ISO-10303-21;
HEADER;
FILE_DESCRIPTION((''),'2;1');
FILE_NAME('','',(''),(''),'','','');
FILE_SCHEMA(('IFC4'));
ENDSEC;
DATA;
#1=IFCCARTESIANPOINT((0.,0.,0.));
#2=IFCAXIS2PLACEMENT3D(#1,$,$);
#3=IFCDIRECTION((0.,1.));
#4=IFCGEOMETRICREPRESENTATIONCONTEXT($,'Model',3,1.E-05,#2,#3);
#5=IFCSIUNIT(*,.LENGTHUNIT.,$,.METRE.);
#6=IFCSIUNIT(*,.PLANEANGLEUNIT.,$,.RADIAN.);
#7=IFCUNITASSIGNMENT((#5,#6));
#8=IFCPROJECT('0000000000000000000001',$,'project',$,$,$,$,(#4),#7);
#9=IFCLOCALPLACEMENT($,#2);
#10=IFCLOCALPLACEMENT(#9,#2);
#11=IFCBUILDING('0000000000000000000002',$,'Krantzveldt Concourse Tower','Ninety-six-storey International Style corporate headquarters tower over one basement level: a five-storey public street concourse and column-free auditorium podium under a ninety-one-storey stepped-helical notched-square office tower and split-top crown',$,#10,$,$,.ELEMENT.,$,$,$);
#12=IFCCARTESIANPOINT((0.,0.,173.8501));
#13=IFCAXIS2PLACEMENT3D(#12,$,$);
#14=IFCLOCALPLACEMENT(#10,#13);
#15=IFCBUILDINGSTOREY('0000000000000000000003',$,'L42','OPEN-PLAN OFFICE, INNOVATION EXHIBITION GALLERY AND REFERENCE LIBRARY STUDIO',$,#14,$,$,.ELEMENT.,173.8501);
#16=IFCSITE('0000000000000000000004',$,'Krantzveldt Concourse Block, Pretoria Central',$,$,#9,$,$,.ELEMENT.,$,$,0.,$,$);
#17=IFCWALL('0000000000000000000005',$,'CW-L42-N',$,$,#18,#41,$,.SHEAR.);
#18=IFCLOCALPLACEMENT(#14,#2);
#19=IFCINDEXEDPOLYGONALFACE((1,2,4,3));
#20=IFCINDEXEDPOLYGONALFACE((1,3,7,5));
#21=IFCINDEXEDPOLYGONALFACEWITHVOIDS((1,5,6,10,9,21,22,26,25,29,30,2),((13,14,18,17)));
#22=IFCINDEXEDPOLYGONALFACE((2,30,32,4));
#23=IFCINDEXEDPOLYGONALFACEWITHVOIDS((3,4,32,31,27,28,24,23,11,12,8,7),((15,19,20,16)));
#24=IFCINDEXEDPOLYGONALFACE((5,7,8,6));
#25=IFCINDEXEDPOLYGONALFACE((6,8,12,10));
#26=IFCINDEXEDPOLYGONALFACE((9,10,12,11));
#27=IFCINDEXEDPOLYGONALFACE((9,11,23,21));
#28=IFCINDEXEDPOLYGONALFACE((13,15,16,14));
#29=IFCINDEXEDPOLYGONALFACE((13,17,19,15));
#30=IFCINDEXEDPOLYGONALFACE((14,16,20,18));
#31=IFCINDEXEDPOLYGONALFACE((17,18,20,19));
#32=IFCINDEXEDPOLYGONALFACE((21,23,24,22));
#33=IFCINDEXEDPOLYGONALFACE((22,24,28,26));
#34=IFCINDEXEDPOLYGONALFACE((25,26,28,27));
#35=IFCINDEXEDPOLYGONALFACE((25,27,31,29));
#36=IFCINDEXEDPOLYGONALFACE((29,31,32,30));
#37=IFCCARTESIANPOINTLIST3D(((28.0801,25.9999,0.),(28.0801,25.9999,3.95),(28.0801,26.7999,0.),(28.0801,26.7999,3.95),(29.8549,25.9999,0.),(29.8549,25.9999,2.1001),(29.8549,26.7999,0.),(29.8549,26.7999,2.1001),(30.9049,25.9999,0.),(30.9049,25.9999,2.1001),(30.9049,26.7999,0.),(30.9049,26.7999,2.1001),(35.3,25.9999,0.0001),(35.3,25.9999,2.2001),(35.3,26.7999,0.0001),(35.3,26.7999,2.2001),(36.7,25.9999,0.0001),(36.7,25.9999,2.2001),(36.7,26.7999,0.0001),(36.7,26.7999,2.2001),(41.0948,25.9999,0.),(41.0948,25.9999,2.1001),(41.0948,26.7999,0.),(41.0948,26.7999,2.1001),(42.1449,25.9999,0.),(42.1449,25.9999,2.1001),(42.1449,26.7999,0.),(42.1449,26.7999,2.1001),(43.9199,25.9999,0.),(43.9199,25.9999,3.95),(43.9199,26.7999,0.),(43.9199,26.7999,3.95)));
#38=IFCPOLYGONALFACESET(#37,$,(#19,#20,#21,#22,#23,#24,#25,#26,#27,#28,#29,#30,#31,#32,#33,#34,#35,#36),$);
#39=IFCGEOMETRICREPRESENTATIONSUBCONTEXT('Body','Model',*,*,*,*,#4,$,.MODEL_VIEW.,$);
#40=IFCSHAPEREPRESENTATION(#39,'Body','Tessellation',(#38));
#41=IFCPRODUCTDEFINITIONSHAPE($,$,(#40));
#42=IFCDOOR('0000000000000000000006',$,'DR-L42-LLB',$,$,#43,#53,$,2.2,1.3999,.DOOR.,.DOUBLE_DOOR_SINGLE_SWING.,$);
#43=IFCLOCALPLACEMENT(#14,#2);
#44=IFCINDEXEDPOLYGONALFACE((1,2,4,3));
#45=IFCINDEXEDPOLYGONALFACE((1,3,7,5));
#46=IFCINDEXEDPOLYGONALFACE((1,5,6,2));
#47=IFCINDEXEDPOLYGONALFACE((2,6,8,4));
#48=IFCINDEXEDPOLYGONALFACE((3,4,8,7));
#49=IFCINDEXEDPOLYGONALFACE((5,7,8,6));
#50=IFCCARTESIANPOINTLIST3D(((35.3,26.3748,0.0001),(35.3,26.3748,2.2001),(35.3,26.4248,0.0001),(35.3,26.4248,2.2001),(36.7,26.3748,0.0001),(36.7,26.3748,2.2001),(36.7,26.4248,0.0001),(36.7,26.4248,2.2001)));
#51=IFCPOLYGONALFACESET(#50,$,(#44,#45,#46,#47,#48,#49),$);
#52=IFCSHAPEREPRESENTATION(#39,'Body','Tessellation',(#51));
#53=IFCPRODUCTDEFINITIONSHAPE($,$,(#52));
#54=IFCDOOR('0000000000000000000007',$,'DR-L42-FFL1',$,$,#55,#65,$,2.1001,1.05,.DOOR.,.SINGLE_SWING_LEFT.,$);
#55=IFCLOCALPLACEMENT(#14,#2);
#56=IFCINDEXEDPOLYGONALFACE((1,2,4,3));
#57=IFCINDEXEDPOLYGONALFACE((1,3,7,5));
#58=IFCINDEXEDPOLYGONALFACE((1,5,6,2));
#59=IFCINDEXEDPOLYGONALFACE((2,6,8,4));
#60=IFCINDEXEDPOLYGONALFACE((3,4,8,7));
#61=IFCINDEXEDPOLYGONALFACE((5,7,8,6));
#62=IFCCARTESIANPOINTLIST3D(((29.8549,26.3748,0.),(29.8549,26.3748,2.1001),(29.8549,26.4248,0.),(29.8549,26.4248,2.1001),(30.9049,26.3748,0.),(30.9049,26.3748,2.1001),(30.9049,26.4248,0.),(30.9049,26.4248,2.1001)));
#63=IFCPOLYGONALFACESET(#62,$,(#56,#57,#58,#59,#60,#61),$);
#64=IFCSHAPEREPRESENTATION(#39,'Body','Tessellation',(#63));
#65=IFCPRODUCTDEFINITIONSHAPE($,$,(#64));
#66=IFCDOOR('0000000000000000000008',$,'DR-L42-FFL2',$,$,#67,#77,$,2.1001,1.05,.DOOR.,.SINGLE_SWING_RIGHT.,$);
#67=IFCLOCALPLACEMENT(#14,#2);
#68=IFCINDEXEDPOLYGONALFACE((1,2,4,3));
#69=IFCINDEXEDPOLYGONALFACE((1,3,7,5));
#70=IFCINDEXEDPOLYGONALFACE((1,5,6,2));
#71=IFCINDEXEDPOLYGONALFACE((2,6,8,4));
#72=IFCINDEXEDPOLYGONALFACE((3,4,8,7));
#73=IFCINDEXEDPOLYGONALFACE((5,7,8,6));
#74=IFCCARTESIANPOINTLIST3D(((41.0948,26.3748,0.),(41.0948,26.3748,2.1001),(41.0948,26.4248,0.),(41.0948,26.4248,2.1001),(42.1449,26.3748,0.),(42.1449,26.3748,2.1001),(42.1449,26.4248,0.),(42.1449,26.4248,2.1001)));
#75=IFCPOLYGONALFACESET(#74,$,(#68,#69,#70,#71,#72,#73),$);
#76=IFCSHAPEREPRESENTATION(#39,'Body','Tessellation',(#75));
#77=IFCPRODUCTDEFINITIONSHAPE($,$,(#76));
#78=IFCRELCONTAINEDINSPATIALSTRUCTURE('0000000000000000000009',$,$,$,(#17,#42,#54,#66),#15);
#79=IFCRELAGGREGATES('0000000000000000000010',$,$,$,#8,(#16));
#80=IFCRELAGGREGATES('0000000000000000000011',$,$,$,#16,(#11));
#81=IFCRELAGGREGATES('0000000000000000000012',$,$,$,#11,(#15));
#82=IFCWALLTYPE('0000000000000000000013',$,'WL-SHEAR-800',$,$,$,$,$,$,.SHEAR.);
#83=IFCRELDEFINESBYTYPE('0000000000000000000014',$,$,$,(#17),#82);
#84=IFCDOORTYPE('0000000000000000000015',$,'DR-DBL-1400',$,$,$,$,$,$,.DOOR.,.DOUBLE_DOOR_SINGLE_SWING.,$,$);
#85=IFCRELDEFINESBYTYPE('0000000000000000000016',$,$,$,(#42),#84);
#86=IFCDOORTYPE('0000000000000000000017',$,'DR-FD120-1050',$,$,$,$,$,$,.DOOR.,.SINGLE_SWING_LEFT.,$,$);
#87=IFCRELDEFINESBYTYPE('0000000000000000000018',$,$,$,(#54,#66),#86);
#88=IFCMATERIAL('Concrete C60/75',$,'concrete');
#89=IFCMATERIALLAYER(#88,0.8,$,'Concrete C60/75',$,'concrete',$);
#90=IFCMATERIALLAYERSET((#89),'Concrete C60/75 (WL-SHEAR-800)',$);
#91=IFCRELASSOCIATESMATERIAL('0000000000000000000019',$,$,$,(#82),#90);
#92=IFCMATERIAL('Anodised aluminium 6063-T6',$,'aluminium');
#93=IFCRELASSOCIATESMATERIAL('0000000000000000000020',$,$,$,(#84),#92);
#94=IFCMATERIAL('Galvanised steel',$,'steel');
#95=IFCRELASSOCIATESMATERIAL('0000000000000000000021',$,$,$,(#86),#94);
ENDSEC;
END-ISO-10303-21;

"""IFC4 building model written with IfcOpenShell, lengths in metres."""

from ifc_helpers import new_model, si_unit, direction, frame, frame_2d, origin, place, context, subcontext, project, spatial, rectangle, extrude, material, layer, layer_set, type_object, element, fill, save


model = new_model("IFC4")

# Units and contexts
model_context = context("Model", 3, precision=1e-05, world=origin(), true_north=direction((0.0, 1.0)))
body_context = subcontext(model_context, "Body", "Model", "MODEL_VIEW")
ifc_project = project(units=[si_unit("LENGTHUNIT", "METRE"), si_unit("PLANEANGLEUNIT", "RADIAN")], contexts=[model_context])

# Site, building, storey
site_placement = place(None, origin())
site = spatial("IfcSite", under=ifc_project, at=site_placement, Name="Krantzveldt Concourse Block, Pretoria Central", CompositionType="ELEMENT", RefElevation=0.0)
building_placement = place(site_placement, origin())
building = spatial("IfcBuilding", under=site, at=building_placement, Name="Krantzveldt Concourse Tower", Description="Ninety-six-storey International Style corporate headquarters tower over one basement level: a five-storey public street concourse and column-free auditorium podium under a ninety-one-storey stepped-helical notched-square office tower and split-top crown", CompositionType="ELEMENT")
storey_placement = place(building_placement, frame((0.0, 0.0, 173.8501)))
storey = spatial("IfcBuildingStorey", under=building, at=storey_placement, Name="L42", Description="OPEN-PLAN OFFICE, INNOVATION EXHIBITION GALLERY AND REFERENCE LIBRARY STUDIO", CompositionType="ELEMENT", Elevation=173.8501)

# Wall, openings, doors
ifc_material_1 = material(Name="Concrete C60/75", Category="concrete")
ifc_layer_1 = layer(ifc_material_1, 0.8, Name="Concrete C60/75", Category="concrete")
ifc_layer_set_1 = layer_set([ifc_layer_1], Name="Concrete C60/75 (WL-SHEAR-800)")
wall_type_1 = type_object("IfcWallType", Name="WL-SHEAR-800", PredefinedType="SHEAR", material=ifc_layer_set_1)
wall_1_placement = place(storey_placement, frame((28.0801, 26.3999, 0.0), z_axis=(0.0, 0.0, 1.0), x_axis=(1.0, 0.0, 0.0)))
wall_1 = element("IfcWall", 1, at=wall_1_placement, inside=storey, type_object=wall_type_1, Name="CW-L42-N", PredefinedType="SHEAR", context=body_context, shape_type="SweptSolid", body=[
    extrude(rectangle(XDim=15.8398, YDim=0.8, at=frame_2d((7.9199, 0.0))), origin(), (0.0, 0.0, 1.0), 3.95),
])
opening_1_placement = place(wall_1_placement, frame((7.22, 0.0, 0.0)))
opening_1 = element("IfcOpeningElement", 2, at=opening_1_placement, cuts=wall_1, PredefinedType="OPENING", context=body_context, shape_type="SweptSolid", body=[
    extrude(rectangle(XDim=1.3999, YDim=2.2, at=frame_2d((0.7, 1.1001))), frame((0.0, 0.4102, 0.0), z_axis=(0.0, -1.0, 0.0), x_axis=(1.0, 0.0, 0.0)), (0.0, 0.0, 1.0), 0.8201),
])
opening_2_placement = place(wall_1_placement, frame((1.7749, 0.0, 0.0)))
opening_2 = element("IfcOpeningElement", 3, at=opening_2_placement, cuts=wall_1, PredefinedType="OPENING", context=body_context, shape_type="SweptSolid", body=[
    extrude(rectangle(XDim=1.05, YDim=2.1001, at=frame_2d((0.5249, 1.05))), frame((0.0, 0.4102, 0.0), z_axis=(0.0, -1.0, 0.0), x_axis=(1.0, 0.0, 0.0)), (0.0, 0.0, 1.0), 0.8201),
])
opening_3_placement = place(wall_1_placement, frame((13.0149, 0.0, 0.0)))
opening_3 = element("IfcOpeningElement", 4, at=opening_3_placement, cuts=wall_1, PredefinedType="OPENING", context=body_context, shape_type="SweptSolid", body=[
    extrude(rectangle(XDim=1.05, YDim=2.1001, at=frame_2d((0.5249, 1.05))), frame((0.0, 0.4102, 0.0), z_axis=(0.0, -1.0, 0.0), x_axis=(1.0, 0.0, 0.0)), (0.0, 0.0, 1.0), 0.8201),
])
ifc_material_2 = material(Name="Anodised aluminium 6063-T6", Category="aluminium")
door_type_1 = type_object("IfcDoorType", Name="DR-DBL-1400", OperationType="DOUBLE_DOOR_SINGLE_SWING", PredefinedType="DOOR", material=ifc_material_2)
door_1_placement = place(opening_1_placement, origin())
door_1 = element("IfcDoor", 5, at=door_1_placement, inside=storey, type_object=door_type_1, Name="DR-L42-LLB", OperationType="DOUBLE_DOOR_SINGLE_SWING", OverallHeight=2.2, OverallWidth=1.3999, PredefinedType="DOOR", context=body_context, shape_type="SweptSolid", body=[
    extrude(rectangle(XDim=1.3999, YDim=2.2, at=frame_2d((0.7, 1.1001))), frame((0.0, 0.0249, 0.0), z_axis=(0.0, -1.0, 0.0), x_axis=(1.0, 0.0, 0.0)), (0.0, 0.0, 1.0), 0.05),
])
fill(opening_1, door_1)
ifc_material_3 = material(Name="Galvanised steel", Category="steel")
door_type_2 = type_object("IfcDoorType", Name="DR-FD120-1050", OperationType="SINGLE_SWING_LEFT", PredefinedType="DOOR", material=ifc_material_3)
door_2_placement = place(opening_2_placement, origin())
door_2 = element("IfcDoor", 6, at=door_2_placement, inside=storey, type_object=door_type_2, Name="DR-L42-FFL1", OperationType="SINGLE_SWING_LEFT", OverallHeight=2.1001, OverallWidth=1.05, PredefinedType="DOOR", context=body_context, shape_type="SweptSolid", body=[
    extrude(rectangle(XDim=1.05, YDim=2.1001, at=frame_2d((0.5249, 1.05))), frame((0.0, 0.0249, 0.0), z_axis=(0.0, -1.0, 0.0), x_axis=(1.0, 0.0, 0.0)), (0.0, 0.0, 1.0), 0.05),
])
fill(opening_2, door_2)
door_3_placement = place(opening_3_placement, origin())
door_3 = element("IfcDoor", 7, at=door_3_placement, inside=storey, type_object=door_type_2, Name="DR-L42-FFL2", OperationType="SINGLE_SWING_RIGHT", OverallHeight=2.1001, OverallWidth=1.05, PredefinedType="DOOR", context=body_context, shape_type="SweptSolid", body=[
    extrude(rectangle(XDim=1.05, YDim=2.1001, at=frame_2d((0.5249, 1.05))), frame((0.0, 0.0249, 0.0), z_axis=(0.0, -1.0, 0.0), x_axis=(1.0, 0.0, 0.0)), (0.0, 0.0, 1.0), 0.05),
])
fill(opening_3, door_3)

save(model, "model.ifc")
